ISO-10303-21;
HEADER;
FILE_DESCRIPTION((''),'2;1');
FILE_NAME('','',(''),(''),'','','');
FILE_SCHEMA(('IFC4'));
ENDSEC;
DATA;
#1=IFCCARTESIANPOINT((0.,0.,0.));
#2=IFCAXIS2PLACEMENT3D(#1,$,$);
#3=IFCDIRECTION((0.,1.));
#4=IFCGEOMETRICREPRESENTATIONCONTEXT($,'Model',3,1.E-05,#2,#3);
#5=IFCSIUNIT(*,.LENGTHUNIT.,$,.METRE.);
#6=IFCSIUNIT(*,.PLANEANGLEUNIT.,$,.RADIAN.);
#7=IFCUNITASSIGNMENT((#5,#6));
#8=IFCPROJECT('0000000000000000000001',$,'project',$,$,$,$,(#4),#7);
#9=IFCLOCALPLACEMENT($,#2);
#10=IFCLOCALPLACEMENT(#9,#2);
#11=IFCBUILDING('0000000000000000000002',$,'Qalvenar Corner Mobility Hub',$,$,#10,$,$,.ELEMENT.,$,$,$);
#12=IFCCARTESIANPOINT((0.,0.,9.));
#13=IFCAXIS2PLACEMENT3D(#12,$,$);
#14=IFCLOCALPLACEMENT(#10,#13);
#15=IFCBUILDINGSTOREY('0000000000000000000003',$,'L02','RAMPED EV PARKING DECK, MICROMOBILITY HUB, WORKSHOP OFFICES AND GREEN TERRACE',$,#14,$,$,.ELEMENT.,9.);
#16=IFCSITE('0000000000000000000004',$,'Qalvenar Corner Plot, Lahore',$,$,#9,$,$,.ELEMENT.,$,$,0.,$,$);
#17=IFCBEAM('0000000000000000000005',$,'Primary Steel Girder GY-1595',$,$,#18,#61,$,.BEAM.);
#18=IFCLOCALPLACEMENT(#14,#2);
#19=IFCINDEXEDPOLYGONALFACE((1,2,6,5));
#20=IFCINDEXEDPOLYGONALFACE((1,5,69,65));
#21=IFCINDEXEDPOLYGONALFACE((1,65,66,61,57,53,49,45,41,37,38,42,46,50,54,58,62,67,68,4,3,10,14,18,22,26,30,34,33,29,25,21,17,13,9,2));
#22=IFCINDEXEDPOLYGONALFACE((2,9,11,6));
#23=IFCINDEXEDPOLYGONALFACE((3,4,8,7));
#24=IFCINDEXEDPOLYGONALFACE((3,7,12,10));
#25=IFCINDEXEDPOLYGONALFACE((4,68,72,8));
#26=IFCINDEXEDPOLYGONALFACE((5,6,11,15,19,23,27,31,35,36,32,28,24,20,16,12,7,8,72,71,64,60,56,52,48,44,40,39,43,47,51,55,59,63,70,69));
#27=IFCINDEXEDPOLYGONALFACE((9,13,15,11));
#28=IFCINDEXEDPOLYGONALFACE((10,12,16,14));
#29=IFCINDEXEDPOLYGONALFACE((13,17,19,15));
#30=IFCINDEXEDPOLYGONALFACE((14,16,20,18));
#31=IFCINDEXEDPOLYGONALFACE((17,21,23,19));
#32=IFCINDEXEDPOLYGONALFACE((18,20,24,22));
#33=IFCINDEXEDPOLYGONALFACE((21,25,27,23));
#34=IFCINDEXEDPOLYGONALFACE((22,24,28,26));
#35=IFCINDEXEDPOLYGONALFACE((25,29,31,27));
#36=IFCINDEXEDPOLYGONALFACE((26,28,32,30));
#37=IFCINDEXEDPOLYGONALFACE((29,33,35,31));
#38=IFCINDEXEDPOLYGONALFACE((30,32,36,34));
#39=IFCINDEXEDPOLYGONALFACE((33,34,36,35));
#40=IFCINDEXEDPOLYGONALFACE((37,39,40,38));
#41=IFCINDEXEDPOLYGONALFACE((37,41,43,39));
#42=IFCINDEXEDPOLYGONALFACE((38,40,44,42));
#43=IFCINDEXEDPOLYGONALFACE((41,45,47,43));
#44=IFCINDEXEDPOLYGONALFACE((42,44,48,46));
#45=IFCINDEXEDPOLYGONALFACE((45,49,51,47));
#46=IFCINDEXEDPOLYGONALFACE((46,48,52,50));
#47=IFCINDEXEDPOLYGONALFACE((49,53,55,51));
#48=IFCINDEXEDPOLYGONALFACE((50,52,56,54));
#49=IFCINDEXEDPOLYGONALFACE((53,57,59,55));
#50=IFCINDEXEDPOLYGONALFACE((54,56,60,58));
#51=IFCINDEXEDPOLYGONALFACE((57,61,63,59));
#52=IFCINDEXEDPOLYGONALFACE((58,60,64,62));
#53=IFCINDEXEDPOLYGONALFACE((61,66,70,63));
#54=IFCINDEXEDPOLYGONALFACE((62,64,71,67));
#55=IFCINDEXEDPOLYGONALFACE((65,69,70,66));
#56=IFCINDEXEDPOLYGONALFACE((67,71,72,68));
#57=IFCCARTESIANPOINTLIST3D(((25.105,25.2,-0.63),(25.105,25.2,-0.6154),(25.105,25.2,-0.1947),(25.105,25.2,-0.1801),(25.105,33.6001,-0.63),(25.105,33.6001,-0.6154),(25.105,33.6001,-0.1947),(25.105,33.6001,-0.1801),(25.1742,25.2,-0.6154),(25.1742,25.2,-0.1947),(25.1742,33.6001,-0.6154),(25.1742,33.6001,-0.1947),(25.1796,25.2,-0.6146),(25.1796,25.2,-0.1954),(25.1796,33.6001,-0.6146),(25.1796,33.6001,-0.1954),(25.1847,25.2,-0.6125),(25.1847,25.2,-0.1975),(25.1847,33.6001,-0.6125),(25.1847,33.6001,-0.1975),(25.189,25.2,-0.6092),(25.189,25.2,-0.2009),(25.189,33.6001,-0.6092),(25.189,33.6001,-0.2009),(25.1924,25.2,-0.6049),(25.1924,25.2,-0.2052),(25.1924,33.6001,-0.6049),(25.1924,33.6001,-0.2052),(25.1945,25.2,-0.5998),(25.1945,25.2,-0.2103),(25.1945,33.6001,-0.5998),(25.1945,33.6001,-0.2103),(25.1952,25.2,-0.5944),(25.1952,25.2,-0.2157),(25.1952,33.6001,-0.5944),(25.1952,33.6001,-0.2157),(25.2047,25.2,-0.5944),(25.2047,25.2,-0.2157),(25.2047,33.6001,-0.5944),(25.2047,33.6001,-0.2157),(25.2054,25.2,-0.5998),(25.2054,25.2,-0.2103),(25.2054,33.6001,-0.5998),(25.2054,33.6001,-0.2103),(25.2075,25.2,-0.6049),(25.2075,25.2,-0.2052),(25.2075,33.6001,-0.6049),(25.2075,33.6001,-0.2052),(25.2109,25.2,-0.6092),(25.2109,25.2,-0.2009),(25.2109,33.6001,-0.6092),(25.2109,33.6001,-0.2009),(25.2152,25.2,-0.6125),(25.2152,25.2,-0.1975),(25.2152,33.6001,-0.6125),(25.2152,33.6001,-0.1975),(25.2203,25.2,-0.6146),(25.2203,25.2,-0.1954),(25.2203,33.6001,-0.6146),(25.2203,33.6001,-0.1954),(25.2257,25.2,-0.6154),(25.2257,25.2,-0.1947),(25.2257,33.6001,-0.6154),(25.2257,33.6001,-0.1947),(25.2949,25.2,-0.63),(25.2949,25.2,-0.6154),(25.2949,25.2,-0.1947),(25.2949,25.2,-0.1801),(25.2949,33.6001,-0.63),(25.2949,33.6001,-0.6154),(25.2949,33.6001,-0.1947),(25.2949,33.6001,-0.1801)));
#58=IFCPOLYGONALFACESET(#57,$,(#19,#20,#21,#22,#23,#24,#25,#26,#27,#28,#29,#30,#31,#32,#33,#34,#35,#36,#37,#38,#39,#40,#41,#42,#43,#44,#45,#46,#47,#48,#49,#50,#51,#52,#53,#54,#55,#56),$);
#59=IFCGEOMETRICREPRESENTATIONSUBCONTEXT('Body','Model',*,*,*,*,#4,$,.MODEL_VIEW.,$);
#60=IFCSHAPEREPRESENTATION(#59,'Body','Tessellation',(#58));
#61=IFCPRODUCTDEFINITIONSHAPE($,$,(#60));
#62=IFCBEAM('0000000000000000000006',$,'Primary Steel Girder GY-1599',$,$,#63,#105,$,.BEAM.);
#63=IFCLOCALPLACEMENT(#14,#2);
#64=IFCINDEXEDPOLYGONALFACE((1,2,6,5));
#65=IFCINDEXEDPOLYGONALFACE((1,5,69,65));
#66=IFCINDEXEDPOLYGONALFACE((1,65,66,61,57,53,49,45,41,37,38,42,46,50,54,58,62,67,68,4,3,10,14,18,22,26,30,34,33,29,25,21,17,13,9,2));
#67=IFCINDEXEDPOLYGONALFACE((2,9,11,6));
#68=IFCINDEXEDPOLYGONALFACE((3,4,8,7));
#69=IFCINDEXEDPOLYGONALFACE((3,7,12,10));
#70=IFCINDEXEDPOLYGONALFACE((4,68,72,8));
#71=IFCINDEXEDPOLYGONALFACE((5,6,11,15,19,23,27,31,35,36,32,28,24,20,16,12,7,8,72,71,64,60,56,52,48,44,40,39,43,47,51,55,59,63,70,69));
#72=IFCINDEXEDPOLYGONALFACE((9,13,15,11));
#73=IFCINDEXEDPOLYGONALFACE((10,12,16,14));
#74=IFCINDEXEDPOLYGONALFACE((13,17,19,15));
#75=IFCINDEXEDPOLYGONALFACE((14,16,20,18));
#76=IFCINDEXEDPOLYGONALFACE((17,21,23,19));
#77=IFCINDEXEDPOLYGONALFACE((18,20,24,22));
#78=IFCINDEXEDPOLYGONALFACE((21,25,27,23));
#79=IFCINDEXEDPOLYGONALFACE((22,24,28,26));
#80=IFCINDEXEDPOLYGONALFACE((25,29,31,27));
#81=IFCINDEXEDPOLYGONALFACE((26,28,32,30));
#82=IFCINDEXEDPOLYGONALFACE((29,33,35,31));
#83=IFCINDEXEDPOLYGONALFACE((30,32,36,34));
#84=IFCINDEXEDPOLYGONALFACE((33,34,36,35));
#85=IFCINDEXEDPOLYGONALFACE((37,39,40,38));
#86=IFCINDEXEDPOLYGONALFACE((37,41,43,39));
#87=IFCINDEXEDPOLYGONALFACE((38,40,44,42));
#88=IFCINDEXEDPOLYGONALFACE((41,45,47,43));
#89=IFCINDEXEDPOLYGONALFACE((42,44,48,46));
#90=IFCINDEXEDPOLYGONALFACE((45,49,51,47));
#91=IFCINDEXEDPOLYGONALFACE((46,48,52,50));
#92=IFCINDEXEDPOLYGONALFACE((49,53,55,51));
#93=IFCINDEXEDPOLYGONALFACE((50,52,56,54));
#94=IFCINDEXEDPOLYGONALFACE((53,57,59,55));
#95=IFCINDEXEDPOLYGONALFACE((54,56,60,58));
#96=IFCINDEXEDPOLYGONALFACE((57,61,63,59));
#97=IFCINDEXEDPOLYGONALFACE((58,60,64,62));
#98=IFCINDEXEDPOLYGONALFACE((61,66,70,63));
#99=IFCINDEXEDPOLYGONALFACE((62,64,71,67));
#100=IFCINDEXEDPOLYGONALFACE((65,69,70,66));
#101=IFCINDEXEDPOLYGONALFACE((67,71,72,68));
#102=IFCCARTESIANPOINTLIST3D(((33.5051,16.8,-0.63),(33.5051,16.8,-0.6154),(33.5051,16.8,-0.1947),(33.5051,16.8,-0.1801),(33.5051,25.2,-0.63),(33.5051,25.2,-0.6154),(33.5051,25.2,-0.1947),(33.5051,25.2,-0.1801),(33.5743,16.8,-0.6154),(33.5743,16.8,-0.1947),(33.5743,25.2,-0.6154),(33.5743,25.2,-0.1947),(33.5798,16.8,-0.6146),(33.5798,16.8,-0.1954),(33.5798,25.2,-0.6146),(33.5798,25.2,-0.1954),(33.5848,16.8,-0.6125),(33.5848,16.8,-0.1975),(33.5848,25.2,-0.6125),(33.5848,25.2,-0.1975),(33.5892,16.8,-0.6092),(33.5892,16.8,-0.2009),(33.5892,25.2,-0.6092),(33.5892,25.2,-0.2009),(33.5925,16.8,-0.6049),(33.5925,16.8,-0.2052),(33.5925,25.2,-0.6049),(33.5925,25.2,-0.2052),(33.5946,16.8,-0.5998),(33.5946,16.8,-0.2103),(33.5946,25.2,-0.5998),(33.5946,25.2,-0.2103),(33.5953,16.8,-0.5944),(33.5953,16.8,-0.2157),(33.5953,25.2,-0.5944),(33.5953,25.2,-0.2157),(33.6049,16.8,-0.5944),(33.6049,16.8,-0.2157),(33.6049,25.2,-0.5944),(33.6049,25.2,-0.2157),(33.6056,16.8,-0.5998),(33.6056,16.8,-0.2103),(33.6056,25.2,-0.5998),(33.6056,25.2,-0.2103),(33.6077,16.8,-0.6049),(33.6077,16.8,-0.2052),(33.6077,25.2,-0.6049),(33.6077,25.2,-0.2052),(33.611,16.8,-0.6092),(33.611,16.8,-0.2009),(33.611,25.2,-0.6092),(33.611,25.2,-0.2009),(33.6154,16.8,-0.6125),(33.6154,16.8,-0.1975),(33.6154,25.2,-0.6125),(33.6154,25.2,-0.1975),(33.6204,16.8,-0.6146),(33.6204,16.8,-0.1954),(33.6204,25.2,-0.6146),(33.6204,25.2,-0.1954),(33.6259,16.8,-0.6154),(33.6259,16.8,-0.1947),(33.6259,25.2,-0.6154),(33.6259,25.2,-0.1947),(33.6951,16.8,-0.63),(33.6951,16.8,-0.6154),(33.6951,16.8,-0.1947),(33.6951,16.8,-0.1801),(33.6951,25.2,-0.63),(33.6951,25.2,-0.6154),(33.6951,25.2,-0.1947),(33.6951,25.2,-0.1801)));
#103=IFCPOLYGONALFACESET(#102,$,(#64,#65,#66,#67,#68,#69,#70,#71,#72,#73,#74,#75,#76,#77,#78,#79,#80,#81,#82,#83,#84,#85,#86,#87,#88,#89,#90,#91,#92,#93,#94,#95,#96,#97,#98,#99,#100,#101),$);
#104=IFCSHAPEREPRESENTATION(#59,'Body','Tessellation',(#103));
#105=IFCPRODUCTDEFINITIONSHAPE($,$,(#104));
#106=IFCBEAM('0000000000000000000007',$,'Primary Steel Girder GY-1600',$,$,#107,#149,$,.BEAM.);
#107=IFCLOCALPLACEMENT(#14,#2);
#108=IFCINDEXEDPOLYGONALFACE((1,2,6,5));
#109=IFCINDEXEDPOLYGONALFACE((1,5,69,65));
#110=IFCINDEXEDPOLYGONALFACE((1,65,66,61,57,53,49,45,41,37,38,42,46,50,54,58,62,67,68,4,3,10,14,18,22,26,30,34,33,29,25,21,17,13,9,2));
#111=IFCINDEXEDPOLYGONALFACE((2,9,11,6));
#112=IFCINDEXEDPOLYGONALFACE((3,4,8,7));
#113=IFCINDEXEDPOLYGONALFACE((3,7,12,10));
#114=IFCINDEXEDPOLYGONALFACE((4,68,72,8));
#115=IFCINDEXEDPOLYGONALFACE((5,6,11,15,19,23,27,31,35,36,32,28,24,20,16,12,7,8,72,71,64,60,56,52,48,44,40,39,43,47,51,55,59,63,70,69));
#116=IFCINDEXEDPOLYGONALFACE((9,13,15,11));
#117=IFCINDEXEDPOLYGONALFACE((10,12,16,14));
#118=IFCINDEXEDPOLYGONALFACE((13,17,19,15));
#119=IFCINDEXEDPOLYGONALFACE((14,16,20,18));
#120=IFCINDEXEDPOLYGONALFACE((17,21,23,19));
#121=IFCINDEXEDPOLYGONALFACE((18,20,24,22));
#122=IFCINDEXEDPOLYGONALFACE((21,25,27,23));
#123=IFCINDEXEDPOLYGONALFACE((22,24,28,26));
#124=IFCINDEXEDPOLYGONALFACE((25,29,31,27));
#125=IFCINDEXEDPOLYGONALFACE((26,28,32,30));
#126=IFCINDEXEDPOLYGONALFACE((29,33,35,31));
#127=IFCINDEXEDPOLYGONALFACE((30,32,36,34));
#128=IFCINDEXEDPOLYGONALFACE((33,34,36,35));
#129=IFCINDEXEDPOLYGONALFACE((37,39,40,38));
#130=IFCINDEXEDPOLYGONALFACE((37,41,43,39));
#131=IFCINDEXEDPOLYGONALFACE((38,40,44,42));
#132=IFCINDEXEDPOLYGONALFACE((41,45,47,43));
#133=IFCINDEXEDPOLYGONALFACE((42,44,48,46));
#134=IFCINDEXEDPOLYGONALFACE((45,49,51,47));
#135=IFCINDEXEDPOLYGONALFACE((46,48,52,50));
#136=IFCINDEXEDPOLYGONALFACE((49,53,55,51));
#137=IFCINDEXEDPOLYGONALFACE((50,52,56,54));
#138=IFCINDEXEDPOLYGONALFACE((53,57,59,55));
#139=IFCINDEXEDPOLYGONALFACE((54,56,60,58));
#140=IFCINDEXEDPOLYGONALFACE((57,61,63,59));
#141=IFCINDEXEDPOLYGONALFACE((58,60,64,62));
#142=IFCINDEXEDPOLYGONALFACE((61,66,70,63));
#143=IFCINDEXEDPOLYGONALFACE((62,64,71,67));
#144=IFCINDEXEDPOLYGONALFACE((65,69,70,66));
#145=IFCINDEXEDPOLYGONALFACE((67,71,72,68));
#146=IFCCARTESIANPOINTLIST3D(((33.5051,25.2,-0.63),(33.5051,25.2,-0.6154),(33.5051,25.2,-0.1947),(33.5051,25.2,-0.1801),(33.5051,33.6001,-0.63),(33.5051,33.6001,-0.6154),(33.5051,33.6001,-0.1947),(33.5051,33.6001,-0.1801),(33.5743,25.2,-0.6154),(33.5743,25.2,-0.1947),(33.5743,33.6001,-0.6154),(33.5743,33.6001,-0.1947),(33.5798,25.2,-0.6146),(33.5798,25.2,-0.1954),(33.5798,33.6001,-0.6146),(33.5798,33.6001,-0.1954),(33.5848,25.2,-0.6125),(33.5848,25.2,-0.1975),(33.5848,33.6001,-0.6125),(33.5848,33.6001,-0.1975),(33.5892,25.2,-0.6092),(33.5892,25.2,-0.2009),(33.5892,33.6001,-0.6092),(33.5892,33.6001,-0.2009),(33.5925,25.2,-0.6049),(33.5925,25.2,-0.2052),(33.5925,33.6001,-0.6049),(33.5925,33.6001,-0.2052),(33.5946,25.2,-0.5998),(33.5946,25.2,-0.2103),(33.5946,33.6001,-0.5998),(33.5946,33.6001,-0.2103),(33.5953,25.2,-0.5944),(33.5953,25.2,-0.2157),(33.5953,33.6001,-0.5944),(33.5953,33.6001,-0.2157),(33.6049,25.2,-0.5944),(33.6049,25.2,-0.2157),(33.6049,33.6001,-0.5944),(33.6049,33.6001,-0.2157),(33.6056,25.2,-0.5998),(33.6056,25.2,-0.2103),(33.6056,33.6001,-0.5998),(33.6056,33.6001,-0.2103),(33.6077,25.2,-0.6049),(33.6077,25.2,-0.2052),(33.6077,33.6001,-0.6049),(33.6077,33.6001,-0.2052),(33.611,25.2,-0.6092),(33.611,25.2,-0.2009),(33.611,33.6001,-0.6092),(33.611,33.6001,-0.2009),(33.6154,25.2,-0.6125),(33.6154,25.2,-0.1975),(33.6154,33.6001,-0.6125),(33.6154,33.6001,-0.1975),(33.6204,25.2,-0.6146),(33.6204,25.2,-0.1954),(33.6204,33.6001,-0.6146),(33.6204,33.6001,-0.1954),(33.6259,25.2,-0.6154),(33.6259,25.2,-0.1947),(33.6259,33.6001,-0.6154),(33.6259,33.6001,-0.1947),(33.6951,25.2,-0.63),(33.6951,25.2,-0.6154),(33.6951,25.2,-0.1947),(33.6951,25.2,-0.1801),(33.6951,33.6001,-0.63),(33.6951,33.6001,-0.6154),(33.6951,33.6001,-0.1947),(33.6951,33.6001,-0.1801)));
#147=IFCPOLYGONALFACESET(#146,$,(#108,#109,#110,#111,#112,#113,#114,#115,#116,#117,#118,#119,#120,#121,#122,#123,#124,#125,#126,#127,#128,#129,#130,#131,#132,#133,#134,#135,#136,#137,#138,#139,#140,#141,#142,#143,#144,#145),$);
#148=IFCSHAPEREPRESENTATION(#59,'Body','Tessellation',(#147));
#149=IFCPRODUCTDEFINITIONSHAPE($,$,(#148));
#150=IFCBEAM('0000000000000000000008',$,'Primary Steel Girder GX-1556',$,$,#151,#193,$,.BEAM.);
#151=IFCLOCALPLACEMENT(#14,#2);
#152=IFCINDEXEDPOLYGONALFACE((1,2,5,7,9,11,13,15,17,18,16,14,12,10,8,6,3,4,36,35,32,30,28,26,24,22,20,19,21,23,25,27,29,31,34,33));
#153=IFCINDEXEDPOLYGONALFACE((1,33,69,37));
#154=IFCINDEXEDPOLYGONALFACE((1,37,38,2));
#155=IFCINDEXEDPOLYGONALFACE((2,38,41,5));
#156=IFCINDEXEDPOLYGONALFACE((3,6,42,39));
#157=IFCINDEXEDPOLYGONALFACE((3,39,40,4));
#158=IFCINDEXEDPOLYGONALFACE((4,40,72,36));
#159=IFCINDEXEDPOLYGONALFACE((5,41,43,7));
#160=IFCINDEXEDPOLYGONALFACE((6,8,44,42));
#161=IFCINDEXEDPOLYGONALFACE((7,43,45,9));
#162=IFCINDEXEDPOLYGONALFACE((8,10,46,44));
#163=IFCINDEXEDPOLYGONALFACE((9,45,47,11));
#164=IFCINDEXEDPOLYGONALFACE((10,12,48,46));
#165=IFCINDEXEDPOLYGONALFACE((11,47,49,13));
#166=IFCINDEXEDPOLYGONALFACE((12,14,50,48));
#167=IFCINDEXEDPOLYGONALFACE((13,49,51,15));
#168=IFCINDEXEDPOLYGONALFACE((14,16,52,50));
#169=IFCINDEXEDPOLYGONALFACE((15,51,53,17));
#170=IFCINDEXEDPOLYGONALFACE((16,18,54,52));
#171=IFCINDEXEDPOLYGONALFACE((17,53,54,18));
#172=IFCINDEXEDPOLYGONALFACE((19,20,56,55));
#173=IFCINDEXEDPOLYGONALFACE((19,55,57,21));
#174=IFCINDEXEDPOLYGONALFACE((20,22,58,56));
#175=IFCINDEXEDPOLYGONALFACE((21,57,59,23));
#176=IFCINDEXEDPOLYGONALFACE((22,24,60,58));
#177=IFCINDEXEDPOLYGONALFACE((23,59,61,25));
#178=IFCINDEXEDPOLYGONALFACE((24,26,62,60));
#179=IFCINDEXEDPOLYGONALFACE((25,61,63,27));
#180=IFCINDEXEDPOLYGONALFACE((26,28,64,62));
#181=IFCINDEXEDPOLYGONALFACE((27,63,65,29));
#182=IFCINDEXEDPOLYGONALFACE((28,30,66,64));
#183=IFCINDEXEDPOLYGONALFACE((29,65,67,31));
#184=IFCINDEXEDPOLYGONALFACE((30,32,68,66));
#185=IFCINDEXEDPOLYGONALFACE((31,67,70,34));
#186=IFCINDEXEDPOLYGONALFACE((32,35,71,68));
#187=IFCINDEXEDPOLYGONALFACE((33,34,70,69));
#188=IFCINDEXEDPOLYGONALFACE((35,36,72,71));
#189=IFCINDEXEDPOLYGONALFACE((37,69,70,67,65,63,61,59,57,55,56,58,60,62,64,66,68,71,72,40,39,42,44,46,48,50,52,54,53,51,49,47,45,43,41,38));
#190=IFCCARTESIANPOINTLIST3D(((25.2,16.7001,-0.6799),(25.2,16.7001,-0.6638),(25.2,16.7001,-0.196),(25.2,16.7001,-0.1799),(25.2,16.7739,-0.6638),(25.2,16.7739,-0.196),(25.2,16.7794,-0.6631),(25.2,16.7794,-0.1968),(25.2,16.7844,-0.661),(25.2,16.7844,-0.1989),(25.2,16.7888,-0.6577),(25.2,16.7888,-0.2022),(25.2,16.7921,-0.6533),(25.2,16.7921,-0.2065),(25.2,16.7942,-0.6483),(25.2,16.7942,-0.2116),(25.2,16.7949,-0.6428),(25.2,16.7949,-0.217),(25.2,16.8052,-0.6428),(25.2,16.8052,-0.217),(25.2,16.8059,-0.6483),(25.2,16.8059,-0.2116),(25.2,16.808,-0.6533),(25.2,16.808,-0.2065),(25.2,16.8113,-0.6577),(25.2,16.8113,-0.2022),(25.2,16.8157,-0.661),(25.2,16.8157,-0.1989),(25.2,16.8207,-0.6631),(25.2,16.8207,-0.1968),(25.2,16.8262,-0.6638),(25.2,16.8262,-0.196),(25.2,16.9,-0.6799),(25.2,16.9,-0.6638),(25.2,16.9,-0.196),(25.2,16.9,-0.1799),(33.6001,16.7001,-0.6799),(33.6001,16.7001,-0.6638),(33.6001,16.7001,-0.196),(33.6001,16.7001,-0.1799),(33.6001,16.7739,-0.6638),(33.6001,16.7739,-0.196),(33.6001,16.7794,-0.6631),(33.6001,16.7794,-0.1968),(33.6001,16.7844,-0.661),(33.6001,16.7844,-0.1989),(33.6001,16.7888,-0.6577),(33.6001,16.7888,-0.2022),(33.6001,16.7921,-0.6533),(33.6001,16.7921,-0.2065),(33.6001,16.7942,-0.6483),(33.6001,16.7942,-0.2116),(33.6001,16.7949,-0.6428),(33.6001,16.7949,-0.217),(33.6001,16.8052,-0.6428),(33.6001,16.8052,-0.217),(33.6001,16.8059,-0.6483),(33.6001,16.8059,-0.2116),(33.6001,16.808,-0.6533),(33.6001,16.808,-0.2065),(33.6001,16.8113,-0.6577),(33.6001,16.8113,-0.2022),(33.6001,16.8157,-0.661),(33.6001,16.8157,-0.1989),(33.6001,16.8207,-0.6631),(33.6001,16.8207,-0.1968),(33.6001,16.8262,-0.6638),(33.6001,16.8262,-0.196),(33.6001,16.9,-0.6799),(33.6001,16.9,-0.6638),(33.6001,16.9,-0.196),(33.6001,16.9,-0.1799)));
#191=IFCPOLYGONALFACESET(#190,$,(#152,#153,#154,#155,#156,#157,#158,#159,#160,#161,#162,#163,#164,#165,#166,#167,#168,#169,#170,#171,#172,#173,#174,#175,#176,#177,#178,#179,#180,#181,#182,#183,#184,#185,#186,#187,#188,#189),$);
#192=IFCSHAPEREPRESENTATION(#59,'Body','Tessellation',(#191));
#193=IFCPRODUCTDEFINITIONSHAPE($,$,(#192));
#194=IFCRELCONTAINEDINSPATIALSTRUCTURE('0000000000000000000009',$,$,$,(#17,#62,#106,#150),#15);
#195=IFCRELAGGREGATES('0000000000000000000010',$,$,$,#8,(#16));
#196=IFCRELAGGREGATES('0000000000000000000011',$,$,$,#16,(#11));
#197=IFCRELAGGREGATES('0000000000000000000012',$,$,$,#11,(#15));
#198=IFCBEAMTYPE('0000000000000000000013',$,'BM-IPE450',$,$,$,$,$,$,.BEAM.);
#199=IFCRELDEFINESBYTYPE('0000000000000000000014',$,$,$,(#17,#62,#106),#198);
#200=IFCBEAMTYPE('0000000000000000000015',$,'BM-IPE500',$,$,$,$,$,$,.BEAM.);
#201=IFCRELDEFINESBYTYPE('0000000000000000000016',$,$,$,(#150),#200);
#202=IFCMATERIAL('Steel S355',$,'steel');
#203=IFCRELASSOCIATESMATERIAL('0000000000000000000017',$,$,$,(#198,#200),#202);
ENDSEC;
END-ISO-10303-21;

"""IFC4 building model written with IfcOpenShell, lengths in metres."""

from ifc_helpers import new_model, si_unit, direction, frame, origin, origin_2d, place, context, subcontext, project, spatial, i_section, extrude, material, material_profile, profile_set, type_object, element, save


model = new_model("IFC4")

# Units and contexts
model_context = context("Model", 3, precision=1e-05, world=origin(), true_north=direction((0.0, 1.0)))
body_context = subcontext(model_context, "Body", "Model", "MODEL_VIEW")
ifc_project = project(units=[si_unit("LENGTHUNIT", "METRE"), si_unit("PLANEANGLEUNIT", "RADIAN")], contexts=[model_context])

# Site, building, storey
site_placement = place(None, origin())
site = spatial("IfcSite", under=ifc_project, at=site_placement, Name="Qalvenar Corner Plot, Lahore", CompositionType="ELEMENT", RefElevation=0.0)
building_placement = place(site_placement, origin())
building = spatial("IfcBuilding", under=site, at=building_placement, Name="Qalvenar Corner Mobility Hub", CompositionType="ELEMENT")
storey_placement = place(building_placement, frame((0.0, 0.0, 9.0)))
storey = spatial("IfcBuildingStorey", under=building, at=storey_placement, Name="L02", Description="RAMPED EV PARKING DECK, MICROMOBILITY HUB, WORKSHOP OFFICES AND GREEN TERRACE", CompositionType="ELEMENT", Elevation=9.0)

# Shared definitions
ifc_material_1 = material(Name="Steel S355", Category="steel")

# Beams
ifc_material_profile_1 = material_profile(ifc_material_1, i_section(OverallWidth=0.1899, OverallDepth=0.45, WebThickness=0.0095, FlangeThickness=0.0146, FilletRadius=0.021, at=origin_2d()), Name="IPE450")
ifc_profile_set_1 = profile_set([ifc_material_profile_1], Name="Steel S355")
beam_type_1 = type_object("IfcBeamType", Name="BM-IPE450", PredefinedType="BEAM", material=ifc_profile_set_1)
beam_1_placement = place(storey_placement, frame((25.2, 25.2, -0.405), z_axis=(0.0, 1.0, 0.0), x_axis=(-1.0, 0.0, 0.0)))
element("IfcBeam", 1, at=beam_1_placement, inside=storey, type_object=beam_type_1, Name="Primary Steel Girder GY-1595", PredefinedType="BEAM", context=body_context, shape_type="SweptSolid", body=[
    extrude(i_section(OverallWidth=0.1899, OverallDepth=0.45, WebThickness=0.0095, FlangeThickness=0.0146, FilletRadius=0.021, at=origin_2d()), origin(), (0.0, 0.0, 1.0), 8.4001),
])
beam_2_placement = place(storey_placement, frame((33.6001, 16.8, -0.405), z_axis=(0.0, 1.0, 0.0), x_axis=(-1.0, 0.0, 0.0)))
element("IfcBeam", 2, at=beam_2_placement, inside=storey, type_object=beam_type_1, Name="Primary Steel Girder GY-1599", PredefinedType="BEAM", context=body_context, shape_type="SweptSolid", body=[
    extrude(i_section(OverallWidth=0.1899, OverallDepth=0.45, WebThickness=0.0095, FlangeThickness=0.0146, FilletRadius=0.021, at=origin_2d()), origin(), (0.0, 0.0, 1.0), 8.3999),
])
beam_3_placement = place(storey_placement, frame((33.6001, 25.2, -0.405), z_axis=(0.0, 1.0, 0.0), x_axis=(-1.0, 0.0, 0.0)))
element("IfcBeam", 3, at=beam_3_placement, inside=storey, type_object=beam_type_1, Name="Primary Steel Girder GY-1600", PredefinedType="BEAM", context=body_context, shape_type="SweptSolid", body=[
    extrude(i_section(OverallWidth=0.1899, OverallDepth=0.45, WebThickness=0.0095, FlangeThickness=0.0146, FilletRadius=0.021, at=origin_2d()), origin(), (0.0, 0.0, 1.0), 8.4001),
])
ifc_material_profile_2 = material_profile(ifc_material_1, i_section(OverallWidth=0.2, OverallDepth=0.5, WebThickness=0.0103, FlangeThickness=0.0161, FilletRadius=0.021, at=origin_2d()), Name="IPE500")
ifc_profile_set_2 = profile_set([ifc_material_profile_2], Name="Steel S355")
beam_type_2 = type_object("IfcBeamType", Name="BM-IPE500", PredefinedType="BEAM", material=ifc_profile_set_2)
beam_4_placement = place(storey_placement, frame((25.2, 16.8, -0.4299), z_axis=(1.0, 0.0, 0.0), x_axis=(0.0, 1.0, 0.0)))
element("IfcBeam", 4, at=beam_4_placement, inside=storey, type_object=beam_type_2, Name="Primary Steel Girder GX-1556", PredefinedType="BEAM", context=body_context, shape_type="SweptSolid", body=[
    extrude(i_section(OverallWidth=0.2, OverallDepth=0.5, WebThickness=0.0103, FlangeThickness=0.0161, FilletRadius=0.021, at=origin_2d()), origin(), (0.0, 0.0, 1.0), 8.4001),
])

save(model, "model.ifc")
